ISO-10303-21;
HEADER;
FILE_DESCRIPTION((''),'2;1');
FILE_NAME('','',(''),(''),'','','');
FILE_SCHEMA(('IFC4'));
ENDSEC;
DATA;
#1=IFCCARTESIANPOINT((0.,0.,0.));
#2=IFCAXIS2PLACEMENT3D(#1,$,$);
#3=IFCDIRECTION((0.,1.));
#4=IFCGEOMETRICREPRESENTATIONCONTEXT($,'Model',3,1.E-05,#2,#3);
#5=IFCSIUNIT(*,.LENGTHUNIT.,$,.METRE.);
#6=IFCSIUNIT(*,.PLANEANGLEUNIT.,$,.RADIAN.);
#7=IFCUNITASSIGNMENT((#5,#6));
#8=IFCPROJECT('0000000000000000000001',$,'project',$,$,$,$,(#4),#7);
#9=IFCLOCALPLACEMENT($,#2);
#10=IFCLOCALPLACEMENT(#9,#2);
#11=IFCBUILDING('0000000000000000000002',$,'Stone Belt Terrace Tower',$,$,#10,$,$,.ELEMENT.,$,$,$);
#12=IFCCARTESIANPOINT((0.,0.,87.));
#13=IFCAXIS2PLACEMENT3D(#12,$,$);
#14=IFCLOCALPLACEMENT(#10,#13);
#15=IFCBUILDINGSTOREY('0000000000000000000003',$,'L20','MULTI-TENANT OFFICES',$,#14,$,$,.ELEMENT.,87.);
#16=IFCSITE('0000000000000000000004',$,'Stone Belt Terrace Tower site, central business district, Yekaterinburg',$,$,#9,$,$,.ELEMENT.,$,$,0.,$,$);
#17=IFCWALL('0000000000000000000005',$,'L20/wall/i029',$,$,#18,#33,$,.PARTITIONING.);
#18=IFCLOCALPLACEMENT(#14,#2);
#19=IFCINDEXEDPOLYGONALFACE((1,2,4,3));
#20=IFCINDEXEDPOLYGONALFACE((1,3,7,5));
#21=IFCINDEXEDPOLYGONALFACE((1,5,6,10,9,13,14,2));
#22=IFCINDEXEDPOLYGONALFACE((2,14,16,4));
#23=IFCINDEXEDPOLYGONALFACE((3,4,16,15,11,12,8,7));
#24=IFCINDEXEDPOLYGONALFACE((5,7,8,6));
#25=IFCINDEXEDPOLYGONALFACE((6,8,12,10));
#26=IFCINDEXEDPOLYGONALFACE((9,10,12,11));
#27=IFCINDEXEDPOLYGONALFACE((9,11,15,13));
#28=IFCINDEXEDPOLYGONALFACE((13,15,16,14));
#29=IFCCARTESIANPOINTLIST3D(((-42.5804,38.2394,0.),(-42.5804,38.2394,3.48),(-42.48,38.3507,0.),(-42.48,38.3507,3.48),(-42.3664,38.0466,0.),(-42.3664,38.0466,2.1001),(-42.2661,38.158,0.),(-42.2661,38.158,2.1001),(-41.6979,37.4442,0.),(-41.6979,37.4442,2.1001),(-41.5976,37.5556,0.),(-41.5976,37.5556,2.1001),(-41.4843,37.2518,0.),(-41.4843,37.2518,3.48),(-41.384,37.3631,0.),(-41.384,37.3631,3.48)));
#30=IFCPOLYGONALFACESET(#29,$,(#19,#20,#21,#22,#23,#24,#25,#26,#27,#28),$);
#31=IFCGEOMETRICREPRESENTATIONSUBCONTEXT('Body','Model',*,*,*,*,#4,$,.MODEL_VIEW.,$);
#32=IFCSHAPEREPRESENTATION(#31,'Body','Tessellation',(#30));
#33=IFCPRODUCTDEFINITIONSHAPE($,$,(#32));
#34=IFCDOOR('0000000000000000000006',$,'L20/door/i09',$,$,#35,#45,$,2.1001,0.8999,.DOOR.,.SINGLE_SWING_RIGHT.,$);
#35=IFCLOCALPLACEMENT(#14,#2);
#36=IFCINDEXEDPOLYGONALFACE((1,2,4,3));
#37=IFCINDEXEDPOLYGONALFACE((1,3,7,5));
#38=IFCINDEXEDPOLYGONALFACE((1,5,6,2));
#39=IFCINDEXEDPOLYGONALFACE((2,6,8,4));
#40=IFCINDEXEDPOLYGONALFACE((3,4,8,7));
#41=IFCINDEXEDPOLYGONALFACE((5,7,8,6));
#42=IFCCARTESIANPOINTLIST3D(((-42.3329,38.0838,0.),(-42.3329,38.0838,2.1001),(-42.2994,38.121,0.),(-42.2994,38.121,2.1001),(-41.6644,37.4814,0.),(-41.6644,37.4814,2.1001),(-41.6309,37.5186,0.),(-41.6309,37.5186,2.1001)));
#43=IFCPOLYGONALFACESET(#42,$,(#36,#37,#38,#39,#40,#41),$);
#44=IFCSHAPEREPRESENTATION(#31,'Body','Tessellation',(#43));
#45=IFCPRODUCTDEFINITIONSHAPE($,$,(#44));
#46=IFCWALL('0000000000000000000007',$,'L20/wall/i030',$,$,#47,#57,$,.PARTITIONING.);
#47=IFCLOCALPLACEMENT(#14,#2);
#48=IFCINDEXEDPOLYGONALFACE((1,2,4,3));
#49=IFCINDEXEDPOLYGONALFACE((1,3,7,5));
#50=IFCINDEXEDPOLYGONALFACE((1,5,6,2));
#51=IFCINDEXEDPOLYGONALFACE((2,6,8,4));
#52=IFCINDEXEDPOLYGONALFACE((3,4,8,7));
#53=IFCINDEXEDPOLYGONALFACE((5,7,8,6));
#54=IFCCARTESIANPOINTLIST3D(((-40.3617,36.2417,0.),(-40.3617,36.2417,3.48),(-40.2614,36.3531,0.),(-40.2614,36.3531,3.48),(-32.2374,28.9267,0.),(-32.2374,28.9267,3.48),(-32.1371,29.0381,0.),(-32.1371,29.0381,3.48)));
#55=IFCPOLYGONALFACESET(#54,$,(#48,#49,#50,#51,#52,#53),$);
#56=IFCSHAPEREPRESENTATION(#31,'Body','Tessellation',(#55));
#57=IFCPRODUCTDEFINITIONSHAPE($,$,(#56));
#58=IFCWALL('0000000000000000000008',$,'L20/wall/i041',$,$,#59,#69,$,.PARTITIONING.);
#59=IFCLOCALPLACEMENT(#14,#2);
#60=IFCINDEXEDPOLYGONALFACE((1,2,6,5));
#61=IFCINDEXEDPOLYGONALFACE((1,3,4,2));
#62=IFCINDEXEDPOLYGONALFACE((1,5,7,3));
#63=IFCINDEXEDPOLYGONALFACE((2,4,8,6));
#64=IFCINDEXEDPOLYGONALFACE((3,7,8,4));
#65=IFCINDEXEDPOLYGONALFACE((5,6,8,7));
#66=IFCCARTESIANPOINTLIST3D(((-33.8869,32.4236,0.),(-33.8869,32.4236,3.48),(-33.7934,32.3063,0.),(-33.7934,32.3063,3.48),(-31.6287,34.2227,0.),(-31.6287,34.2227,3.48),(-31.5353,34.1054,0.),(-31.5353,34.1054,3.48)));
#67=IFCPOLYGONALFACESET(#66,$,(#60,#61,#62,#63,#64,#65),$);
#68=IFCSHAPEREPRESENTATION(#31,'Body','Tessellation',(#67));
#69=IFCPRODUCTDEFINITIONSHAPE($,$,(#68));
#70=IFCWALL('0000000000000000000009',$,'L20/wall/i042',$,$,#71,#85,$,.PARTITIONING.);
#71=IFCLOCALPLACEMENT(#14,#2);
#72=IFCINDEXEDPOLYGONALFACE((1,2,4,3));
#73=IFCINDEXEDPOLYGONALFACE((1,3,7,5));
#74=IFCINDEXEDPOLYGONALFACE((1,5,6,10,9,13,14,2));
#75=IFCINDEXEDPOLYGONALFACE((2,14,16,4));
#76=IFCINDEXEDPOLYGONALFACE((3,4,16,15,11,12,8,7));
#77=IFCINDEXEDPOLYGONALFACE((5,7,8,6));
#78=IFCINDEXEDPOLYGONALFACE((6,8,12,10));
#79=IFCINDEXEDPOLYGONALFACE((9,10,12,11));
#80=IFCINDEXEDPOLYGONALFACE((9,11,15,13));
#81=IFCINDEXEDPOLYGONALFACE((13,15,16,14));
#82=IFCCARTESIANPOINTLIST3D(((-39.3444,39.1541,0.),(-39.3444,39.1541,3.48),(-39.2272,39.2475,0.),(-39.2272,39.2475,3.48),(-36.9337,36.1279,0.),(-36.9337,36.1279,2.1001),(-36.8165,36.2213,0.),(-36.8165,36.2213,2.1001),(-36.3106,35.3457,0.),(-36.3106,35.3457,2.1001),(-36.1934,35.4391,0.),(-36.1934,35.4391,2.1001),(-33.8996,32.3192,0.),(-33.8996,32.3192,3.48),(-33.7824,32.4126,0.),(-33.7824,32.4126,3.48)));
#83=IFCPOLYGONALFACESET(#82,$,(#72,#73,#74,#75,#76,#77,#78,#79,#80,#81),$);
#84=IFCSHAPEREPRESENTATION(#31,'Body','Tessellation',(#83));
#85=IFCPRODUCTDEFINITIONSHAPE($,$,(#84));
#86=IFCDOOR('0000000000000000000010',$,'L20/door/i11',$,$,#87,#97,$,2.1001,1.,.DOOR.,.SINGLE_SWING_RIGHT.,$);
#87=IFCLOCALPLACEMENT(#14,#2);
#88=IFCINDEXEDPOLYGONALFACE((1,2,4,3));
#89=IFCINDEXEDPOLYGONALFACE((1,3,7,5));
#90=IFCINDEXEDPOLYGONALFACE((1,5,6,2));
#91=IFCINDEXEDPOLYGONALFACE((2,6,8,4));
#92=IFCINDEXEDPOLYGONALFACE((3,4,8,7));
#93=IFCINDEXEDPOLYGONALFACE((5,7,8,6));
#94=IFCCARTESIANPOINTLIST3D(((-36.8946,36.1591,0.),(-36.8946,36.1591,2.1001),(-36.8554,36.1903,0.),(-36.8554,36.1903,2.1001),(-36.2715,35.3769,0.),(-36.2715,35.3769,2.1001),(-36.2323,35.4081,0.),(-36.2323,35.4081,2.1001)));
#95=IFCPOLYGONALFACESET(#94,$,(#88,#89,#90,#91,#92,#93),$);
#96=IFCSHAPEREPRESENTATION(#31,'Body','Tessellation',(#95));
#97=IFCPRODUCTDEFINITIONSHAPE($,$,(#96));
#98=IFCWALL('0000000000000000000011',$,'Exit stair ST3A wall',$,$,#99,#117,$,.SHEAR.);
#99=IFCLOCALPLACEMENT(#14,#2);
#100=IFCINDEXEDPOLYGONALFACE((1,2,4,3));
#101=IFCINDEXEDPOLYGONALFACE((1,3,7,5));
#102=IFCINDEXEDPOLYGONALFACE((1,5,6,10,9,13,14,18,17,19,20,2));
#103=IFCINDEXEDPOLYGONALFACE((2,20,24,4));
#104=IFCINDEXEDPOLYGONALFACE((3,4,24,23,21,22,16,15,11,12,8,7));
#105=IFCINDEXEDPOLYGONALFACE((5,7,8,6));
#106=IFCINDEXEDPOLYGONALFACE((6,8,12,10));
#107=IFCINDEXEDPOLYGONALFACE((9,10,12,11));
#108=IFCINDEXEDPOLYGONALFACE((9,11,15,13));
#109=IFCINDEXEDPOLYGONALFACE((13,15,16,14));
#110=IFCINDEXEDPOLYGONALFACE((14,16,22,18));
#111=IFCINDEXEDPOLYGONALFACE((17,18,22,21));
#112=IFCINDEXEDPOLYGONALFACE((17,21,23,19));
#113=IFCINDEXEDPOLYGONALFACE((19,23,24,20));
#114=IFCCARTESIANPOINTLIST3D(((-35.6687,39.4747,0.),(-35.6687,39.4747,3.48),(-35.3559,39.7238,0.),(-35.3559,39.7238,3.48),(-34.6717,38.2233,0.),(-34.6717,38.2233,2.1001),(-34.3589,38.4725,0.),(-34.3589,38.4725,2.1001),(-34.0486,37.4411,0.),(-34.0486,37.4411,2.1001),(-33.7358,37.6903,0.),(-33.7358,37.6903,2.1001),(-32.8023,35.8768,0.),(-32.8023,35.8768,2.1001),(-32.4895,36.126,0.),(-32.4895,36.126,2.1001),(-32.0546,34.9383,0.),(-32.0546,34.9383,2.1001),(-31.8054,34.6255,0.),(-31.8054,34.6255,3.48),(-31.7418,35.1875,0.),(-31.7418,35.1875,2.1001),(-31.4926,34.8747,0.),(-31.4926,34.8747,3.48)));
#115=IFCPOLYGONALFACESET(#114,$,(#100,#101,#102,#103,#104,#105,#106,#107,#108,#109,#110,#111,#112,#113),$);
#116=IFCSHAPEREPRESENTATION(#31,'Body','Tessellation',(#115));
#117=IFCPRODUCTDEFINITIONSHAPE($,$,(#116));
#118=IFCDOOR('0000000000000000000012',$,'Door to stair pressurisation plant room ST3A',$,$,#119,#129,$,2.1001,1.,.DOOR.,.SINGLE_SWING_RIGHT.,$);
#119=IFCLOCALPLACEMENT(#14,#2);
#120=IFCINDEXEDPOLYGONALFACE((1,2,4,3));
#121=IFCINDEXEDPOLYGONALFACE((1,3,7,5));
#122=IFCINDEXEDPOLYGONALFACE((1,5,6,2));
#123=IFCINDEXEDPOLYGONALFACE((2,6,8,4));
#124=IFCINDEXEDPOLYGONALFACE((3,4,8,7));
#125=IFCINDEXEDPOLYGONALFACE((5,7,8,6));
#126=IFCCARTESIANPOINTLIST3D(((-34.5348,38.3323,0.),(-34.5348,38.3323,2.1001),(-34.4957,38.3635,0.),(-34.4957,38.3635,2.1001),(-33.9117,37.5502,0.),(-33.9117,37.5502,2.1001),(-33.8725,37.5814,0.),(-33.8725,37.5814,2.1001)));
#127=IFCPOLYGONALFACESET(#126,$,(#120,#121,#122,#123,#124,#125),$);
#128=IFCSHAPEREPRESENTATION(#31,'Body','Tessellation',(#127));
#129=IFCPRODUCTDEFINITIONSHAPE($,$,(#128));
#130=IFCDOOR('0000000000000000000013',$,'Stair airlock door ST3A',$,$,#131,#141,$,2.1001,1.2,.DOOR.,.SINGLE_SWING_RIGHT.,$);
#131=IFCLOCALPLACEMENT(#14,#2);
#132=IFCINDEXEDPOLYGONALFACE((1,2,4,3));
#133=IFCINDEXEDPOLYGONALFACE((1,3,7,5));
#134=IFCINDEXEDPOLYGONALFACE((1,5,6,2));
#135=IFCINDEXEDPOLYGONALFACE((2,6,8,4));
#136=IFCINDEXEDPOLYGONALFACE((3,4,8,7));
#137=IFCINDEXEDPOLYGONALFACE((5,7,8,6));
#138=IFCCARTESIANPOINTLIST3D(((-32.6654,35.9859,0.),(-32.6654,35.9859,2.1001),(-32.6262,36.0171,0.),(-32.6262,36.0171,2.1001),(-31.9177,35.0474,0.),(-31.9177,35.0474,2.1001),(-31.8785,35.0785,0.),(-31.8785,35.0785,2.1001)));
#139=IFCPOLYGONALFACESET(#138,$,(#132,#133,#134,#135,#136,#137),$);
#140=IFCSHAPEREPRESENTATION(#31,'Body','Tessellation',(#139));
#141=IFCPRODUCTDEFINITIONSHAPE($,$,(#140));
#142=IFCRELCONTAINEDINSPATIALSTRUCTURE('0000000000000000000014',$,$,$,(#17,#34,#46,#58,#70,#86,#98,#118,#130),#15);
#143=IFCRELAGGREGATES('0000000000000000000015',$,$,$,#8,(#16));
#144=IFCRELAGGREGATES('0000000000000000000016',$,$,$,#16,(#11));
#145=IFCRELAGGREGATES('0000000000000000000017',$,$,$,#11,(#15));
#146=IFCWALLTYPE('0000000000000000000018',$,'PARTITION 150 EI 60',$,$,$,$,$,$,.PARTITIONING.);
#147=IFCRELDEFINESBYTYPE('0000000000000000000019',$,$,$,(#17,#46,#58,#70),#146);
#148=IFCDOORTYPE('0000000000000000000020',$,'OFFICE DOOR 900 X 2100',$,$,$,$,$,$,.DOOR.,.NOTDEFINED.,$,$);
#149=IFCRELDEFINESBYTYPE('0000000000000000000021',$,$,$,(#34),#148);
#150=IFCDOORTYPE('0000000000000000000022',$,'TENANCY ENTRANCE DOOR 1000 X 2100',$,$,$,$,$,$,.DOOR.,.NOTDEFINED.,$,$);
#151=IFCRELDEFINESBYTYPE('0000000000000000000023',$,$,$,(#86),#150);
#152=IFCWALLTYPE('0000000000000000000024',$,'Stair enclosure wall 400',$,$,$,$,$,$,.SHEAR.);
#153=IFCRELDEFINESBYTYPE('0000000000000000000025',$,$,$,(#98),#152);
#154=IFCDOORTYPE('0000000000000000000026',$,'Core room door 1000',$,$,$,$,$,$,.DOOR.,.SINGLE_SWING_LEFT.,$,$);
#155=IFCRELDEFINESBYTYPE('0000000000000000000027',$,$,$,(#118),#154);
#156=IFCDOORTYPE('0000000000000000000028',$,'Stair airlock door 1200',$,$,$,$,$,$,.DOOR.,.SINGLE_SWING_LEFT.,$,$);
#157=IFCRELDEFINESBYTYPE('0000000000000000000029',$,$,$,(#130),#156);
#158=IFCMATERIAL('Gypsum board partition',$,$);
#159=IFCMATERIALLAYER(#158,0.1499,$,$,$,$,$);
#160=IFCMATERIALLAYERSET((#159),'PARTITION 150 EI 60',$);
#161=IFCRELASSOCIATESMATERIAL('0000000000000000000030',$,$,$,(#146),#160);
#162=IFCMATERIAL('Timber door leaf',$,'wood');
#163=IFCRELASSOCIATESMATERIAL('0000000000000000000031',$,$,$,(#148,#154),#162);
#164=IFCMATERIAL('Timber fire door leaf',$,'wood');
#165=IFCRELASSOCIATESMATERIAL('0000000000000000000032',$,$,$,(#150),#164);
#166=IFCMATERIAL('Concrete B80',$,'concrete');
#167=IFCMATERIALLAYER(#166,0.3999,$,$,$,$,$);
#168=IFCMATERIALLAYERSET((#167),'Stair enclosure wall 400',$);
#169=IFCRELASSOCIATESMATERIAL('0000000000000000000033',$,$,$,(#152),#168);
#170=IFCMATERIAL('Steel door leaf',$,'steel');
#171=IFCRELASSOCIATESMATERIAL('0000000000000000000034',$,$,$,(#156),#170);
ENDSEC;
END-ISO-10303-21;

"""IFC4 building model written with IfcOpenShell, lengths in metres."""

from ifc_helpers import new_model, si_unit, direction, frame, frame_2d, origin, place, context, subcontext, project, spatial, rectangle, extrude, material, layer, layer_set, type_object, element, fill, save


model = new_model("IFC4")

# Units and contexts
model_context = context("Model", 3, precision=1e-05, world=origin(), true_north=direction((0.0, 1.0)))
body_context = subcontext(model_context, "Body", "Model", "MODEL_VIEW")
ifc_project = project(units=[si_unit("LENGTHUNIT", "METRE"), si_unit("PLANEANGLEUNIT", "RADIAN")], contexts=[model_context])

# Site, building, storey
site_placement = place(None, origin())
site = spatial("IfcSite", under=ifc_project, at=site_placement, Name="Stone Belt Terrace Tower site, central business district, Yekaterinburg", CompositionType="ELEMENT", RefElevation=0.0)
building_placement = place(site_placement, origin())
building = spatial("IfcBuilding", under=site, at=building_placement, Name="Stone Belt Terrace Tower", CompositionType="ELEMENT")
storey_placement = place(building_placement, frame((0.0, 0.0, 87.0)))
storey = spatial("IfcBuildingStorey", under=building, at=storey_placement, Name="L20", Description="MULTI-TENANT OFFICES", CompositionType="ELEMENT", Elevation=87.0)

# Shared definitions
ifc_material_1 = material(Name="Concrete B80", Category="concrete")

# Wall, opening, door
ifc_material_2 = material(Name="Gypsum board partition")
ifc_layer_1 = layer(ifc_material_2, 0.1499)
ifc_layer_set_1 = layer_set([ifc_layer_1], Name="PARTITION 150 EI 60")
wall_type_1 = type_object("IfcWallType", Name="PARTITION 150 EI 60", PredefinedType="PARTITIONING", material=ifc_layer_set_1)
wall_1_placement = place(storey_placement, frame((-41.4341, 37.3074, 0.0), z_axis=(0.0, 0.0, 1.0), x_axis=(-0.742891, 0.669413, 0.0)))
wall_1 = element("IfcWall", 1, at=wall_1_placement, inside=storey, type_object=wall_type_1, Name="L20/wall/i029", PredefinedType="PARTITIONING", context=body_context, shape_type="SweptSolid", body=[
    extrude(rectangle(XDim=1.4753, YDim=0.1499, at=frame_2d((0.7378, 0.0))), origin(), (0.0, 0.0, 1.0), 3.48),
])
opening_1_placement = place(wall_1_placement, frame((0.2876, 0.0, 0.0)))
opening_1 = element("IfcOpeningElement", 2, at=opening_1_placement, cuts=wall_1, PredefinedType="OPENING", context=body_context, shape_type="SweptSolid", body=[
    extrude(rectangle(XDim=0.8999, YDim=2.1001, at=frame_2d((0.45, 1.05))), frame((0.0, 0.085, 0.0), z_axis=(0.0, -1.0, 0.0), x_axis=(1.0, 0.0, 0.0)), (0.0, 0.0, 1.0), 0.1699),
])
ifc_material_3 = material(Name="Timber door leaf", Category="wood")
door_type_1 = type_object("IfcDoorType", Name="OFFICE DOOR 900 X 2100", OperationType="NOTDEFINED", PredefinedType="DOOR", material=ifc_material_3)
door_1_placement = place(opening_1_placement, origin())
door_1 = element("IfcDoor", 3, at=door_1_placement, inside=storey, type_object=door_type_1, Name="L20/door/i09", OperationType="SINGLE_SWING_RIGHT", OverallHeight=2.1001, OverallWidth=0.8999, PredefinedType="DOOR", context=body_context, shape_type="SweptSolid", body=[
    extrude(rectangle(XDim=0.8999, YDim=2.1001, at=frame_2d((0.45, 1.05))), frame((0.0, 0.0249, 0.0), z_axis=(0.0, -1.0, 0.0), x_axis=(1.0, 0.0, 0.0)), (0.0, 0.0, 1.0), 0.05),
])
fill(opening_1, door_1)

# Walls
wall_2_placement = place(storey_placement, frame((-40.3115, 36.2974, 0.0), z_axis=(0.0, 0.0, 1.0), x_axis=(0.743153, -0.669121, 0.0)))
element("IfcWall", 4, at=wall_2_placement, inside=storey, type_object=wall_type_1, Name="L20/wall/i030", PredefinedType="PARTITIONING", context=body_context, shape_type="SweptSolid", body=[
    extrude(rectangle(XDim=10.9321, YDim=0.1499, at=frame_2d((5.4661, 0.0))), origin(), (0.0, 0.0, 1.0), 3.48),
])
wall_3_placement = place(storey_placement, frame((-31.582, 34.1641, 0.0), z_axis=(0.0, 0.0, 1.0), x_axis=(-0.782113, -0.623137, 0.0)))
element("IfcWall", 5, at=wall_3_placement, inside=storey, type_object=wall_type_1, Name="L20/wall/i041", PredefinedType="PARTITIONING", context=body_context, shape_type="SweptSolid", body=[
    extrude(rectangle(XDim=2.8872, YDim=0.1499, at=frame_2d((1.4436, 0.0))), origin(), (0.0, 0.0, 1.0), 3.48),
])

# Wall, opening, door
wall_4_placement = place(storey_placement, frame((-33.8411, 32.366, 0.0), z_axis=(0.0, 0.0, 1.0), x_axis=(-0.623079, 0.782159, 0.0)))
wall_4 = element("IfcWall", 6, at=wall_4_placement, inside=storey, type_object=wall_type_1, Name="L20/wall/i042", PredefinedType="PARTITIONING", context=body_context, shape_type="SweptSolid", body=[
    extrude(rectangle(XDim=8.7385, YDim=0.1499, at=frame_2d((4.3691, 0.0))), origin(), (0.0, 0.0, 1.0), 3.48),
])
opening_2_placement = place(wall_4_placement, frame((3.8694, 0.0, 0.0)))
opening_2 = element("IfcOpeningElement", 7, at=opening_2_placement, cuts=wall_4, PredefinedType="OPENING", context=body_context, shape_type="SweptSolid", body=[
    extrude(rectangle(XDim=1.0, YDim=2.1001, at=frame_2d((0.5, 1.05))), frame((0.0, 0.085, 0.0), z_axis=(0.0, -1.0, 0.0), x_axis=(1.0, 0.0, 0.0)), (0.0, 0.0, 1.0), 0.1699),
])
ifc_material_4 = material(Name="Timber fire door leaf", Category="wood")
door_type_2 = type_object("IfcDoorType", Name="TENANCY ENTRANCE DOOR 1000 X 2100", OperationType="NOTDEFINED", PredefinedType="DOOR", material=ifc_material_4)
door_2_placement = place(opening_2_placement, origin())
door_2 = element("IfcDoor", 8, at=door_2_placement, inside=storey, type_object=door_type_2, Name="L20/door/i11", OperationType="SINGLE_SWING_RIGHT", OverallHeight=2.1001, OverallWidth=1.0, PredefinedType="DOOR", context=body_context, shape_type="SweptSolid", body=[
    extrude(rectangle(XDim=1.0, YDim=2.1001, at=frame_2d((0.5, 1.05))), frame((0.0, 0.0249, 0.0), z_axis=(0.0, -1.0, 0.0), x_axis=(1.0, 0.0, 0.0)), (0.0, 0.0, 1.0), 0.05),
])
fill(opening_2, door_2)

# Wall, openings, doors
ifc_layer_2 = layer(ifc_material_1, 0.3999)
ifc_layer_set_2 = layer_set([ifc_layer_2], Name="Stair enclosure wall 400")
wall_type_2 = type_object("IfcWallType", Name="Stair enclosure wall 400", PredefinedType="SHEAR", material=ifc_layer_set_2)
wall_5_placement = place(storey_placement, frame((-31.6489, 34.75, 0.0), z_axis=(0.0, 0.0, 1.0), x_axis=(-0.623119, 0.782127, 0.0)))
wall_5 = element("IfcWall", 9, at=wall_5_placement, inside=storey, type_object=wall_type_2, Name="Exit stair ST3A wall", PredefinedType="SHEAR", context=body_context, shape_type="SweptSolid", body=[
    extrude(rectangle(XDim=6.2, YDim=0.3999, at=frame_2d((3.1001, 0.0))), origin(), (0.0, 0.0, 1.0), 3.48),
])
opening_3_placement = place(wall_5_placement, frame((0.3999, 0.0, 0.0)))
opening_3 = element("IfcOpeningElement", 10, at=opening_3_placement, cuts=wall_5, PredefinedType="OPENING", context=body_context, shape_type="SweptSolid", body=[
    extrude(rectangle(XDim=1.2, YDim=2.1001, at=frame_2d((0.6001, 1.05))), frame((0.0, 0.21, 0.0), z_axis=(0.0, -1.0, 0.0), x_axis=(1.0, 0.0, 0.0)), (0.0, 0.0, 1.0), 0.4199),
])
opening_4_placement = place(wall_5_placement, frame((3.6001, 0.0, 0.0)))
opening_4 = element("IfcOpeningElement", 11, at=opening_4_placement, cuts=wall_5, PredefinedType="OPENING", context=body_context, shape_type="SweptSolid", body=[
    extrude(rectangle(XDim=1.0, YDim=2.1001, at=frame_2d((0.5, 1.05))), frame((0.0, 0.21, 0.0), z_axis=(0.0, -1.0, 0.0), x_axis=(1.0, 0.0, 0.0)), (0.0, 0.0, 1.0), 0.4199),
])
door_type_3 = type_object("IfcDoorType", Name="Core room door 1000", OperationType="SINGLE_SWING_LEFT", PredefinedType="DOOR", material=ifc_material_3)
door_3_placement = place(opening_4_placement, origin())
door_3 = element("IfcDoor", 12, at=door_3_placement, inside=storey, type_object=door_type_3, Name="Door to stair pressurisation plant room ST3A", OperationType="SINGLE_SWING_RIGHT", OverallHeight=2.1001, OverallWidth=1.0, PredefinedType="DOOR", context=body_context, shape_type="SweptSolid", body=[
    extrude(rectangle(XDim=1.0, YDim=2.1001, at=frame_2d((0.5, 1.05))), frame((0.0, 0.0249, 0.0), z_axis=(0.0, -1.0, 0.0), x_axis=(1.0, 0.0, 0.0)), (0.0, 0.0, 1.0), 0.05),
])
fill(opening_4, door_3)
ifc_material_5 = material(Name="Steel door leaf", Category="steel")
door_type_4 = type_object("IfcDoorType", Name="Stair airlock door 1200", OperationType="SINGLE_SWING_LEFT", PredefinedType="DOOR", material=ifc_material_5)
door_4_placement = place(opening_3_placement, origin())
door_4 = element("IfcDoor", 13, at=door_4_placement, inside=storey, type_object=door_type_4, Name="Stair airlock door ST3A", OperationType="SINGLE_SWING_RIGHT", OverallHeight=2.1001, OverallWidth=1.2, PredefinedType="DOOR", context=body_context, shape_type="SweptSolid", body=[
    extrude(rectangle(XDim=1.2, YDim=2.1001, at=frame_2d((0.6001, 1.05))), frame((0.0, 0.0249, 0.0), z_axis=(0.0, -1.0, 0.0), x_axis=(1.0, 0.0, 0.0)), (0.0, 0.0, 1.0), 0.05),
])
fill(opening_3, door_4)

save(model, "model.ifc")
